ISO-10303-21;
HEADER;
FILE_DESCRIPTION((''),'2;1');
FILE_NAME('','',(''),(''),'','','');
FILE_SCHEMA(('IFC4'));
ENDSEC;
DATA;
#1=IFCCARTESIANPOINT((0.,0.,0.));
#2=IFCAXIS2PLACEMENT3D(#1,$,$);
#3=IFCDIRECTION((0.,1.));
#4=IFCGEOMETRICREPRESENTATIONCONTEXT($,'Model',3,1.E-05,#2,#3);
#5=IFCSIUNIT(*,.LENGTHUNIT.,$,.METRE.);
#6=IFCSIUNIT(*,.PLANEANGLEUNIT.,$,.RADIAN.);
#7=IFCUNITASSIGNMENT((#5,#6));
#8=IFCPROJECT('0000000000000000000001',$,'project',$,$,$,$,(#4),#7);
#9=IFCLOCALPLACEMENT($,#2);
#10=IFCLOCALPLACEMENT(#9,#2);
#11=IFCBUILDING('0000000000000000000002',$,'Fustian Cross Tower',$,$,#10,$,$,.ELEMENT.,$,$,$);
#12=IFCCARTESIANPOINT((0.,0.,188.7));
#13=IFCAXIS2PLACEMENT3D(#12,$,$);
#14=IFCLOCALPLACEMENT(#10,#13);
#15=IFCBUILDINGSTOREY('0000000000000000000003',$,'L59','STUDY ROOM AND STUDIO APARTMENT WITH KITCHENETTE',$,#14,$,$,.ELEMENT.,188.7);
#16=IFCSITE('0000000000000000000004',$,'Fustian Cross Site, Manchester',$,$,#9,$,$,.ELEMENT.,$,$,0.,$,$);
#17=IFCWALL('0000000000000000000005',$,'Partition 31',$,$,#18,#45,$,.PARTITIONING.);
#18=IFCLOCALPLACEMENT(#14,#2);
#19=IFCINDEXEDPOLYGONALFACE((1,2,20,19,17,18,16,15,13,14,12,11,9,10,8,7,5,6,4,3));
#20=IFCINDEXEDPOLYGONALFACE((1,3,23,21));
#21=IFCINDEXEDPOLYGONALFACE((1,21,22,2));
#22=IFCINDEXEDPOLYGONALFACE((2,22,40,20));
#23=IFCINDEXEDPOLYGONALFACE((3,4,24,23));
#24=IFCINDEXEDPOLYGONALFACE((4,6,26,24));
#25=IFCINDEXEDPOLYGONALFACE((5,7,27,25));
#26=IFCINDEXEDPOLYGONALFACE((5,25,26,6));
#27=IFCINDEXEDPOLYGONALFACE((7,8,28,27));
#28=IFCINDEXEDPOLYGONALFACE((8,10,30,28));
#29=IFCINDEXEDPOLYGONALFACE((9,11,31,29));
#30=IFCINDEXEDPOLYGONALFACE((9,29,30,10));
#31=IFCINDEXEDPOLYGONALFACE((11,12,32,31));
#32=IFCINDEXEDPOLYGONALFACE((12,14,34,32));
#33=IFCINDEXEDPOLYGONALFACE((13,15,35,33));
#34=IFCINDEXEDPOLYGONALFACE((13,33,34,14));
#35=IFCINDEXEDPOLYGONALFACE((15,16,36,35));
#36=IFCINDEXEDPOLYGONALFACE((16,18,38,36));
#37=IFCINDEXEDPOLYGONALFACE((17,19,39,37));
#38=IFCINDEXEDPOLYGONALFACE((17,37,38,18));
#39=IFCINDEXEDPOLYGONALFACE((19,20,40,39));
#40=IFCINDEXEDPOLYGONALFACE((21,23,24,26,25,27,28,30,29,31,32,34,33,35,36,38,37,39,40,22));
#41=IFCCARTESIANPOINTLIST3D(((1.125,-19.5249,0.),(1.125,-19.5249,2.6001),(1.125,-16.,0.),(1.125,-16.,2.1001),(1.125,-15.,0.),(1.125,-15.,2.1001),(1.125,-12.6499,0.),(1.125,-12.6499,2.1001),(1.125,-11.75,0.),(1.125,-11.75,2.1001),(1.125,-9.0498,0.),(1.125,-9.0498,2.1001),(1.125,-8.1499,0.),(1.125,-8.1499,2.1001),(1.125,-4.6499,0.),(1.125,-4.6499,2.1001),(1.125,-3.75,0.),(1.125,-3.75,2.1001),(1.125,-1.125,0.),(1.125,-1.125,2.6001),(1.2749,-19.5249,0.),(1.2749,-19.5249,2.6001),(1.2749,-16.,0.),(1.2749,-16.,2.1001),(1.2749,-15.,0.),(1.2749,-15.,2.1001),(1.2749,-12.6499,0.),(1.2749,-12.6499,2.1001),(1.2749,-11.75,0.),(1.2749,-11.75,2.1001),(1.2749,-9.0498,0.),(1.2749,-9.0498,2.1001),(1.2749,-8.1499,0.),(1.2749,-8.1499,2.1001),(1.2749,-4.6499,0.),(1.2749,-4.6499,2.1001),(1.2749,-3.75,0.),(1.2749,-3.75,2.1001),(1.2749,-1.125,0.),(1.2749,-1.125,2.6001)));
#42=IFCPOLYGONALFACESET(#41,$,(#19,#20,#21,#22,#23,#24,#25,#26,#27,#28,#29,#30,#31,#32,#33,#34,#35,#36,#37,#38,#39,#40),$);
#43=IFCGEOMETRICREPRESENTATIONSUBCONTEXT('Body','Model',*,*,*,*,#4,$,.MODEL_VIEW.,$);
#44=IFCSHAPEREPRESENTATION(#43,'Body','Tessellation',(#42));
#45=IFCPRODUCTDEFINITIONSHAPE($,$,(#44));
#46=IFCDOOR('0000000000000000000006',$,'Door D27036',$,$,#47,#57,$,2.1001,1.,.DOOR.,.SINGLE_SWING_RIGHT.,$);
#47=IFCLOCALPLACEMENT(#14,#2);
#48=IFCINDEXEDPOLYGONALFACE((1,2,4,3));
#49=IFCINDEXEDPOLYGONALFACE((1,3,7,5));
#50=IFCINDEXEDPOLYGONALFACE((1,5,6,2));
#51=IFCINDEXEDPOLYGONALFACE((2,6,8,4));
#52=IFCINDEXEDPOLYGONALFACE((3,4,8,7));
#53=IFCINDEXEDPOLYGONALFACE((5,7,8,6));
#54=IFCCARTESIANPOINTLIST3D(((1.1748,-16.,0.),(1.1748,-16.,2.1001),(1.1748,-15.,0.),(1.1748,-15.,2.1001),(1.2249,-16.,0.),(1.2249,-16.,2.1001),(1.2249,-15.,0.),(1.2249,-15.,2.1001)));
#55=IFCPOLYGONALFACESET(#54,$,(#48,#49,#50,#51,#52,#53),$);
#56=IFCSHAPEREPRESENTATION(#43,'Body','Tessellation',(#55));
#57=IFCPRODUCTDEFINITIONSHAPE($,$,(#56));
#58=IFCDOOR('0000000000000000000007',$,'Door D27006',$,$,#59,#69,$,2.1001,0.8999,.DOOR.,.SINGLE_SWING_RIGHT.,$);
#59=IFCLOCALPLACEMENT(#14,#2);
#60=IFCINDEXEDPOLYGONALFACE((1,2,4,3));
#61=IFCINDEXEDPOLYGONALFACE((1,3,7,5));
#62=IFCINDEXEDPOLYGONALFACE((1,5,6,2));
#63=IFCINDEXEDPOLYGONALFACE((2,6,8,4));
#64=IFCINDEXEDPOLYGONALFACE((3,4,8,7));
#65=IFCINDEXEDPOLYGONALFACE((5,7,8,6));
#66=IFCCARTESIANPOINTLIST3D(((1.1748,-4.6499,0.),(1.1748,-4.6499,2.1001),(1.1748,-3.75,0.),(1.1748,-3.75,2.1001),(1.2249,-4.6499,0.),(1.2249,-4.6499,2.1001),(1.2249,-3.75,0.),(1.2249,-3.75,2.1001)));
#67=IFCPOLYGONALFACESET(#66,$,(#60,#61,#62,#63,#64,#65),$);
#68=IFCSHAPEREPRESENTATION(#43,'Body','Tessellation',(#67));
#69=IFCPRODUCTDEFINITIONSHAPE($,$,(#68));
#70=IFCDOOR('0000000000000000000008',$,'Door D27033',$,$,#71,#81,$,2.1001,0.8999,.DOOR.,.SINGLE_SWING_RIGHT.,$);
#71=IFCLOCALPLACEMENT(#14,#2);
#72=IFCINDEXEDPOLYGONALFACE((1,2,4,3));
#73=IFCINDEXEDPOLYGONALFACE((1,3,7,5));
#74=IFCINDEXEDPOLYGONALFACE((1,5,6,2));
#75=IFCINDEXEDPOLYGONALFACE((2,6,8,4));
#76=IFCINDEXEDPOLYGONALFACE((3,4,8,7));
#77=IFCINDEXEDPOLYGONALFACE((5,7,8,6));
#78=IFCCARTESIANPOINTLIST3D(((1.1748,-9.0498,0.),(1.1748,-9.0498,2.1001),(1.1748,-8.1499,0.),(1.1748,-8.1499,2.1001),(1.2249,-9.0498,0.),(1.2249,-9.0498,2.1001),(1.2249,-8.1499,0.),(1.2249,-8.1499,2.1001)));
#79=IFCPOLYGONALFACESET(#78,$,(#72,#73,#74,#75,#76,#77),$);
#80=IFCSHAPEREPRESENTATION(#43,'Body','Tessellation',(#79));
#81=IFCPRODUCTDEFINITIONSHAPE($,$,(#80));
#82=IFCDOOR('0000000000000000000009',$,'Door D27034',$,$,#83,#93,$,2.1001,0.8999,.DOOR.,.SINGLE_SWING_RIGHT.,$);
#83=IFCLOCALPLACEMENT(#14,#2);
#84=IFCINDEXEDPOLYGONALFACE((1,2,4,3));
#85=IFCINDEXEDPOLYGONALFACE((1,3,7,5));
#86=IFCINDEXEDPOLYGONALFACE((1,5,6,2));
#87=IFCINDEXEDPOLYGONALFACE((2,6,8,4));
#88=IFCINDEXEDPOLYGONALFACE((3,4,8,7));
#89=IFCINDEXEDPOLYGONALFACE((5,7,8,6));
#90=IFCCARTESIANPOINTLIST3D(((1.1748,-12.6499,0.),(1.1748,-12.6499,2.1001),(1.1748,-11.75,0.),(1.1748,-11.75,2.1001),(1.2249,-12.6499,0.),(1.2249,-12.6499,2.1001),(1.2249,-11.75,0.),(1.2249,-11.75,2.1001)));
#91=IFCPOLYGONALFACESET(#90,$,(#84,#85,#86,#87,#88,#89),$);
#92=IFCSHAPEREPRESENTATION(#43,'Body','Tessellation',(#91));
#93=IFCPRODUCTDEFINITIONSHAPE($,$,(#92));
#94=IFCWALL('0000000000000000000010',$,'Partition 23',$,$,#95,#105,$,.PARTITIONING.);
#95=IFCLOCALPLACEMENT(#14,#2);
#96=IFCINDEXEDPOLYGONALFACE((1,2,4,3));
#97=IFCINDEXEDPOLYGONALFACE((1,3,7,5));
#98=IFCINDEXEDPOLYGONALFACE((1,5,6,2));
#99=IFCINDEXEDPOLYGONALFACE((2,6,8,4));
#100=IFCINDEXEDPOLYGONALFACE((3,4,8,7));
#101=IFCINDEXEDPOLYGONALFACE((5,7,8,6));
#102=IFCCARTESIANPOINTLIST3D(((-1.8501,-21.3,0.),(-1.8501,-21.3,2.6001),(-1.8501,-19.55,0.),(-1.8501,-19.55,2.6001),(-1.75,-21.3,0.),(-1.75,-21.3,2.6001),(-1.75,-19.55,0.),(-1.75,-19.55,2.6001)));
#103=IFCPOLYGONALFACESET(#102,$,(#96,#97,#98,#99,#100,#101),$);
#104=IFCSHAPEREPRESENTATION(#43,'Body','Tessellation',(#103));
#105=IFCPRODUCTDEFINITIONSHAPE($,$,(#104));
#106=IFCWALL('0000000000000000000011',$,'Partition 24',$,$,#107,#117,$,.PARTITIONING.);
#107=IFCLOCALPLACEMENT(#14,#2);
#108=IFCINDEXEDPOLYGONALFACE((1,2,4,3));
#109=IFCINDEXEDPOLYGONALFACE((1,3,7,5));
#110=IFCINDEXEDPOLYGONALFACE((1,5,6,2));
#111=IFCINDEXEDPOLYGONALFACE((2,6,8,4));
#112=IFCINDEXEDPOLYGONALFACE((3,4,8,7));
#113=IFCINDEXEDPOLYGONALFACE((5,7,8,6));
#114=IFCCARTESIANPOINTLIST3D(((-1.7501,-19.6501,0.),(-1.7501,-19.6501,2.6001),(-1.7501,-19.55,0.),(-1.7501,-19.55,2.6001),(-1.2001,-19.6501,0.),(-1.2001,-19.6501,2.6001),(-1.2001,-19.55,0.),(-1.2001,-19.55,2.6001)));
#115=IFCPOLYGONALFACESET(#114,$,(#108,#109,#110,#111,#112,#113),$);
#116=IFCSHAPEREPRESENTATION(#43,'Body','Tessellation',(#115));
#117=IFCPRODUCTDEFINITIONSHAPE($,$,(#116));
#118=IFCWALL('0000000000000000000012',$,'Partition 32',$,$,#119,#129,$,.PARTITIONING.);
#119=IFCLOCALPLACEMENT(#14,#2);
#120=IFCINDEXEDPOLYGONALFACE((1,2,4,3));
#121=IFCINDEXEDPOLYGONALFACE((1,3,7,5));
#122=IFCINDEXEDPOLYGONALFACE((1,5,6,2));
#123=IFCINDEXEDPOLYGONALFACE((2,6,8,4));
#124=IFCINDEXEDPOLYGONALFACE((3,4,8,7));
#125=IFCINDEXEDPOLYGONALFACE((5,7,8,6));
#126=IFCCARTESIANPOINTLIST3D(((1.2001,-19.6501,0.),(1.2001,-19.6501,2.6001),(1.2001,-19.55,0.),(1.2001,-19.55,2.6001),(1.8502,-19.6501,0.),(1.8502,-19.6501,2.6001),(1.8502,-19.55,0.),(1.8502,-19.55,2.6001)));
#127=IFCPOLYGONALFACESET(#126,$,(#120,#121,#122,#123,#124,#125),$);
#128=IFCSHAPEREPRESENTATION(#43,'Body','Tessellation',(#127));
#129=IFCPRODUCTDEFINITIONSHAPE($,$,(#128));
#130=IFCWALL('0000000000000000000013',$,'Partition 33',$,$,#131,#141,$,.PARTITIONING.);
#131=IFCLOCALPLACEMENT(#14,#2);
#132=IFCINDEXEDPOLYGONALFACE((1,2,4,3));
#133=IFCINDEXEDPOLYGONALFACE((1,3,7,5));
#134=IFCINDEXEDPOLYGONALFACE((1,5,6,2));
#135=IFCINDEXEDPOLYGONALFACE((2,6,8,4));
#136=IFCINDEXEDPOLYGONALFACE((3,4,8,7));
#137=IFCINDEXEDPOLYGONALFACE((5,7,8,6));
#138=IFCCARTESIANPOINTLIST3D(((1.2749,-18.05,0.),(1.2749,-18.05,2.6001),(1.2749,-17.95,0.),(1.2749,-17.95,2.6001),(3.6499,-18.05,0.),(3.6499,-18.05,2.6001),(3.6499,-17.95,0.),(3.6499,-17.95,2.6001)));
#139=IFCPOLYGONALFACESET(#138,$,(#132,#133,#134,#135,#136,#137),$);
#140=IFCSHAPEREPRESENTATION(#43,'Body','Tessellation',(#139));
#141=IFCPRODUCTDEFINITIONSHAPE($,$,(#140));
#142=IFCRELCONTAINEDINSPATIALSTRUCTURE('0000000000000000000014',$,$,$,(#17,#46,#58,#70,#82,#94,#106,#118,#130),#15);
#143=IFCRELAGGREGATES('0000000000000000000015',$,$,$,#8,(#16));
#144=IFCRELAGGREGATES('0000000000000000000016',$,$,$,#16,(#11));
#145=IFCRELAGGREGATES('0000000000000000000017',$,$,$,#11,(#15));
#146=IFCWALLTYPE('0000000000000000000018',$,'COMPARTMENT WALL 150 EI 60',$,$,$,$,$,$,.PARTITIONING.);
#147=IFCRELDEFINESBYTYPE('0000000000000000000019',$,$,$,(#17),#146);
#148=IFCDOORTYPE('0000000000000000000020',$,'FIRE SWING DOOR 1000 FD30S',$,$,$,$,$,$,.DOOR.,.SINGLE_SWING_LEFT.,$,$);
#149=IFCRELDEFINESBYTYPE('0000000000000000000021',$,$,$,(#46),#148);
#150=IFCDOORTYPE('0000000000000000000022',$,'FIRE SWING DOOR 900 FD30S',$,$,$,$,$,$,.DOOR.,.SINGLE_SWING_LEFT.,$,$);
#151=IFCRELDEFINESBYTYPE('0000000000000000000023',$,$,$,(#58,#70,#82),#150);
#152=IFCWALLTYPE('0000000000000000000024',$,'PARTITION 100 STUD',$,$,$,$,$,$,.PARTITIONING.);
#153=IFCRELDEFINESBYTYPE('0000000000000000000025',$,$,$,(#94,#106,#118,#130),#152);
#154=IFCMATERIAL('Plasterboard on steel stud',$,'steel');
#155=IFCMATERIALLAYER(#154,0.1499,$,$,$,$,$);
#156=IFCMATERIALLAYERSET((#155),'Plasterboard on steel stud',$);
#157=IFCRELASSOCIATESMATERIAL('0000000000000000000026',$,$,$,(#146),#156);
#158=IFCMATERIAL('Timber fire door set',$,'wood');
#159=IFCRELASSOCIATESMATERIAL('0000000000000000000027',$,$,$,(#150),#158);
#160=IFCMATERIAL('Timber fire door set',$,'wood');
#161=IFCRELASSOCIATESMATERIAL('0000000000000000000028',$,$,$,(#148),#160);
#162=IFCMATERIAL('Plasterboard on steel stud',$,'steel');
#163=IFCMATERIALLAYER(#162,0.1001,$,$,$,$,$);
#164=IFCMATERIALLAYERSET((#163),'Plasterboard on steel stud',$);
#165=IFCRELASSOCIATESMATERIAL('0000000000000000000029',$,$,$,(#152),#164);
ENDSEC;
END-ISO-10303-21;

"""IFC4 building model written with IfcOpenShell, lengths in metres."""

from ifc_helpers import new_model, si_unit, direction, frame, frame_2d, origin, place, context, subcontext, project, spatial, rectangle, extrude, material, layer, layer_set, type_object, element, fill, save


model = new_model("IFC4")

# Units and contexts
model_context = context("Model", 3, precision=1e-05, world=origin(), true_north=direction((0.0, 1.0)))
body_context = subcontext(model_context, "Body", "Model", "MODEL_VIEW")
ifc_project = project(units=[si_unit("LENGTHUNIT", "METRE"), si_unit("PLANEANGLEUNIT", "RADIAN")], contexts=[model_context])

# Site, building, storey
site_placement = place(None, origin())
site = spatial("IfcSite", under=ifc_project, at=site_placement, Name="Fustian Cross Site, Manchester", CompositionType="ELEMENT", RefElevation=0.0)
building_placement = place(site_placement, origin())
building = spatial("IfcBuilding", under=site, at=building_placement, Name="Fustian Cross Tower", CompositionType="ELEMENT")
storey_placement = place(building_placement, frame((0.0, 0.0, 188.7)))
storey = spatial("IfcBuildingStorey", under=building, at=storey_placement, Name="L59", Description="STUDY ROOM AND STUDIO APARTMENT WITH KITCHENETTE", CompositionType="ELEMENT", Elevation=188.7)

# Shared definitions
ifc_material_1 = material(Name="Plasterboard on steel stud", Category="steel")
ifc_layer_1 = layer(ifc_material_1, 0.1499)
ifc_layer_set_1 = layer_set([ifc_layer_1], Name="Plasterboard on steel stud")
wall_type_1 = type_object("IfcWallType", Name="COMPARTMENT WALL 150 EI 60", PredefinedType="PARTITIONING", material=ifc_layer_set_1)
ifc_material_2 = material(Name="Timber fire door set", Category="wood")
door_type_1 = type_object("IfcDoorType", Name="FIRE SWING DOOR 900 FD30S", OperationType="SINGLE_SWING_LEFT", PredefinedType="DOOR", material=ifc_material_2)

# Wall, openings, doors
wall_1_placement = place(storey_placement, frame((1.2, -19.5249, 0.0), z_axis=(0.0, 0.0, 1.0), x_axis=(0.0, 1.0, 0.0)))
wall_1 = element("IfcWall", 1, at=wall_1_placement, inside=storey, type_object=wall_type_1, Name="Partition 31", PredefinedType="PARTITIONING", context=body_context, shape_type="SweptSolid", body=[
    extrude(rectangle(XDim=18.3999, YDim=0.1499, at=frame_2d((9.2, 0.0))), origin(), (0.0, 0.0, 1.0), 2.6001),
])
opening_1_placement = place(wall_1_placement, frame((14.875, 0.0, 0.0)))
opening_1 = element("IfcOpeningElement", 2, at=opening_1_placement, cuts=wall_1, PredefinedType="OPENING", context=body_context, shape_type="SweptSolid", body=[
    extrude(rectangle(XDim=0.8999, YDim=2.1001, at=frame_2d((0.45, 1.05))), frame((0.0, 0.085, 0.0), z_axis=(0.0, -1.0, 0.0), x_axis=(1.0, 0.0, 0.0)), (0.0, 0.0, 1.0), 0.1699),
])
opening_2_placement = place(wall_1_placement, frame((10.4751, 0.0, 0.0)))
opening_2 = element("IfcOpeningElement", 3, at=opening_2_placement, cuts=wall_1, PredefinedType="OPENING", context=body_context, shape_type="SweptSolid", body=[
    extrude(rectangle(XDim=0.8999, YDim=2.1001, at=frame_2d((0.45, 1.05))), frame((0.0, 0.085, 0.0), z_axis=(0.0, -1.0, 0.0), x_axis=(1.0, 0.0, 0.0)), (0.0, 0.0, 1.0), 0.1699),
])
opening_3_placement = place(wall_1_placement, frame((6.875, 0.0, 0.0)))
opening_3 = element("IfcOpeningElement", 4, at=opening_3_placement, cuts=wall_1, PredefinedType="OPENING", context=body_context, shape_type="SweptSolid", body=[
    extrude(rectangle(XDim=0.8999, YDim=2.1001, at=frame_2d((0.45, 1.05))), frame((0.0, 0.085, 0.0), z_axis=(0.0, -1.0, 0.0), x_axis=(1.0, 0.0, 0.0)), (0.0, 0.0, 1.0), 0.1699),
])
opening_4_placement = place(wall_1_placement, frame((3.5249, 0.0, 0.0)))
opening_4 = element("IfcOpeningElement", 5, at=opening_4_placement, cuts=wall_1, PredefinedType="OPENING", context=body_context, shape_type="SweptSolid", body=[
    extrude(rectangle(XDim=1.0, YDim=2.1001, at=frame_2d((0.5, 1.05))), frame((0.0, 0.085, 0.0), z_axis=(0.0, -1.0, 0.0), x_axis=(1.0, 0.0, 0.0)), (0.0, 0.0, 1.0), 0.1699),
])
ifc_material_3 = material(Name="Timber fire door set", Category="wood")
door_type_2 = type_object("IfcDoorType", Name="FIRE SWING DOOR 1000 FD30S", OperationType="SINGLE_SWING_LEFT", PredefinedType="DOOR", material=ifc_material_3)
door_1_placement = place(opening_4_placement, frame((1.0, 0.0, 0.0), z_axis=(0.0, 0.0, 1.0), x_axis=(-1.0, 0.0, 0.0)))
door_1 = element("IfcDoor", 6, at=door_1_placement, inside=storey, type_object=door_type_2, Name="Door D27036", OperationType="SINGLE_SWING_RIGHT", OverallHeight=2.1001, OverallWidth=1.0, PredefinedType="DOOR", context=body_context, shape_type="SweptSolid", body=[
    extrude(rectangle(XDim=1.0, YDim=2.1001, at=frame_2d((0.5, 1.05))), frame((0.0, 0.0249, 0.0), z_axis=(0.0, -1.0, 0.0), x_axis=(1.0, 0.0, 0.0)), (0.0, 0.0, 1.0), 0.05),
])
fill(opening_4, door_1)
door_2_placement = place(opening_1_placement, frame((0.8999, 0.0, 0.0), z_axis=(0.0, 0.0, 1.0), x_axis=(-1.0, 0.0, 0.0)))
door_2 = element("IfcDoor", 7, at=door_2_placement, inside=storey, type_object=door_type_1, Name="Door D27006", OperationType="SINGLE_SWING_RIGHT", OverallHeight=2.1001, OverallWidth=0.8999, PredefinedType="DOOR", context=body_context, shape_type="SweptSolid", body=[
    extrude(rectangle(XDim=0.8999, YDim=2.1001, at=frame_2d((0.45, 1.05))), frame((0.0, 0.0249, 0.0), z_axis=(0.0, -1.0, 0.0), x_axis=(1.0, 0.0, 0.0)), (0.0, 0.0, 1.0), 0.05),
])
fill(opening_1, door_2)
door_3_placement = place(opening_2_placement, frame((0.8999, 0.0, 0.0), z_axis=(0.0, 0.0, 1.0), x_axis=(-1.0, 0.0, 0.0)))
door_3 = element("IfcDoor", 8, at=door_3_placement, inside=storey, type_object=door_type_1, Name="Door D27033", OperationType="SINGLE_SWING_RIGHT", OverallHeight=2.1001, OverallWidth=0.8999, PredefinedType="DOOR", context=body_context, shape_type="SweptSolid", body=[
    extrude(rectangle(XDim=0.8999, YDim=2.1001, at=frame_2d((0.45, 1.05))), frame((0.0, 0.0249, 0.0), z_axis=(0.0, -1.0, 0.0), x_axis=(1.0, 0.0, 0.0)), (0.0, 0.0, 1.0), 0.05),
])
fill(opening_2, door_3)
door_4_placement = place(opening_3_placement, frame((0.8999, 0.0, 0.0), z_axis=(0.0, 0.0, 1.0), x_axis=(-1.0, 0.0, 0.0)))
door_4 = element("IfcDoor", 9, at=door_4_placement, inside=storey, type_object=door_type_1, Name="Door D27034", OperationType="SINGLE_SWING_RIGHT", OverallHeight=2.1001, OverallWidth=0.8999, PredefinedType="DOOR", context=body_context, shape_type="SweptSolid", body=[
    extrude(rectangle(XDim=0.8999, YDim=2.1001, at=frame_2d((0.45, 1.05))), frame((0.0, 0.0249, 0.0), z_axis=(0.0, -1.0, 0.0), x_axis=(1.0, 0.0, 0.0)), (0.0, 0.0, 1.0), 0.05),
])
fill(opening_3, door_4)

# Walls
ifc_material_4 = material(Name="Plasterboard on steel stud", Category="steel")
ifc_layer_2 = layer(ifc_material_4, 0.1001)
ifc_layer_set_2 = layer_set([ifc_layer_2], Name="Plasterboard on steel stud")
wall_type_2 = type_object("IfcWallType", Name="PARTITION 100 STUD", PredefinedType="PARTITIONING", material=ifc_layer_set_2)
wall_2_placement = place(storey_placement, frame((-1.8, -21.3, 0.0), z_axis=(0.0, 0.0, 1.0), x_axis=(0.0, 1.0, 0.0)))
element("IfcWall", 10, at=wall_2_placement, inside=storey, type_object=wall_type_2, Name="Partition 23", PredefinedType="PARTITIONING", context=body_context, shape_type="SweptSolid", body=[
    extrude(rectangle(XDim=1.75, YDim=0.1001, at=frame_2d((0.875, 0.0))), origin(), (0.0, 0.0, 1.0), 2.6001),
])
wall_3_placement = place(storey_placement, frame((-1.75, -19.6001, 0.0), z_axis=(0.0, 0.0, 1.0), x_axis=(1.0, 0.0, 0.0)))
element("IfcWall", 11, at=wall_3_placement, inside=storey, type_object=wall_type_2, Name="Partition 24", PredefinedType="PARTITIONING", context=body_context, shape_type="SweptSolid", body=[
    extrude(rectangle(XDim=0.55, YDim=0.1001, at=frame_2d((0.2749, 0.0))), origin(), (0.0, 0.0, 1.0), 2.6001),
])
wall_4_placement = place(storey_placement, frame((1.2, -19.6001, 0.0), z_axis=(0.0, 0.0, 1.0), x_axis=(1.0, 0.0, 0.0)))
element("IfcWall", 12, at=wall_4_placement, inside=storey, type_object=wall_type_2, Name="Partition 32", PredefinedType="PARTITIONING", context=body_context, shape_type="SweptSolid", body=[
    extrude(rectangle(XDim=0.6501, YDim=0.1001, at=frame_2d((0.3252, 0.0))), origin(), (0.0, 0.0, 1.0), 2.6001),
])
wall_5_placement = place(storey_placement, frame((1.2749, -18.0, 0.0), z_axis=(0.0, 0.0, 1.0), x_axis=(1.0, 0.0, 0.0)))
element("IfcWall", 13, at=wall_5_placement, inside=storey, type_object=wall_type_2, Name="Partition 33", PredefinedType="PARTITIONING", context=body_context, shape_type="SweptSolid", body=[
    extrude(rectangle(XDim=2.375, YDim=0.1001, at=frame_2d((1.1875, 0.0))), origin(), (0.0, 0.0, 1.0), 2.6001),
])

save(model, "model.ifc")
